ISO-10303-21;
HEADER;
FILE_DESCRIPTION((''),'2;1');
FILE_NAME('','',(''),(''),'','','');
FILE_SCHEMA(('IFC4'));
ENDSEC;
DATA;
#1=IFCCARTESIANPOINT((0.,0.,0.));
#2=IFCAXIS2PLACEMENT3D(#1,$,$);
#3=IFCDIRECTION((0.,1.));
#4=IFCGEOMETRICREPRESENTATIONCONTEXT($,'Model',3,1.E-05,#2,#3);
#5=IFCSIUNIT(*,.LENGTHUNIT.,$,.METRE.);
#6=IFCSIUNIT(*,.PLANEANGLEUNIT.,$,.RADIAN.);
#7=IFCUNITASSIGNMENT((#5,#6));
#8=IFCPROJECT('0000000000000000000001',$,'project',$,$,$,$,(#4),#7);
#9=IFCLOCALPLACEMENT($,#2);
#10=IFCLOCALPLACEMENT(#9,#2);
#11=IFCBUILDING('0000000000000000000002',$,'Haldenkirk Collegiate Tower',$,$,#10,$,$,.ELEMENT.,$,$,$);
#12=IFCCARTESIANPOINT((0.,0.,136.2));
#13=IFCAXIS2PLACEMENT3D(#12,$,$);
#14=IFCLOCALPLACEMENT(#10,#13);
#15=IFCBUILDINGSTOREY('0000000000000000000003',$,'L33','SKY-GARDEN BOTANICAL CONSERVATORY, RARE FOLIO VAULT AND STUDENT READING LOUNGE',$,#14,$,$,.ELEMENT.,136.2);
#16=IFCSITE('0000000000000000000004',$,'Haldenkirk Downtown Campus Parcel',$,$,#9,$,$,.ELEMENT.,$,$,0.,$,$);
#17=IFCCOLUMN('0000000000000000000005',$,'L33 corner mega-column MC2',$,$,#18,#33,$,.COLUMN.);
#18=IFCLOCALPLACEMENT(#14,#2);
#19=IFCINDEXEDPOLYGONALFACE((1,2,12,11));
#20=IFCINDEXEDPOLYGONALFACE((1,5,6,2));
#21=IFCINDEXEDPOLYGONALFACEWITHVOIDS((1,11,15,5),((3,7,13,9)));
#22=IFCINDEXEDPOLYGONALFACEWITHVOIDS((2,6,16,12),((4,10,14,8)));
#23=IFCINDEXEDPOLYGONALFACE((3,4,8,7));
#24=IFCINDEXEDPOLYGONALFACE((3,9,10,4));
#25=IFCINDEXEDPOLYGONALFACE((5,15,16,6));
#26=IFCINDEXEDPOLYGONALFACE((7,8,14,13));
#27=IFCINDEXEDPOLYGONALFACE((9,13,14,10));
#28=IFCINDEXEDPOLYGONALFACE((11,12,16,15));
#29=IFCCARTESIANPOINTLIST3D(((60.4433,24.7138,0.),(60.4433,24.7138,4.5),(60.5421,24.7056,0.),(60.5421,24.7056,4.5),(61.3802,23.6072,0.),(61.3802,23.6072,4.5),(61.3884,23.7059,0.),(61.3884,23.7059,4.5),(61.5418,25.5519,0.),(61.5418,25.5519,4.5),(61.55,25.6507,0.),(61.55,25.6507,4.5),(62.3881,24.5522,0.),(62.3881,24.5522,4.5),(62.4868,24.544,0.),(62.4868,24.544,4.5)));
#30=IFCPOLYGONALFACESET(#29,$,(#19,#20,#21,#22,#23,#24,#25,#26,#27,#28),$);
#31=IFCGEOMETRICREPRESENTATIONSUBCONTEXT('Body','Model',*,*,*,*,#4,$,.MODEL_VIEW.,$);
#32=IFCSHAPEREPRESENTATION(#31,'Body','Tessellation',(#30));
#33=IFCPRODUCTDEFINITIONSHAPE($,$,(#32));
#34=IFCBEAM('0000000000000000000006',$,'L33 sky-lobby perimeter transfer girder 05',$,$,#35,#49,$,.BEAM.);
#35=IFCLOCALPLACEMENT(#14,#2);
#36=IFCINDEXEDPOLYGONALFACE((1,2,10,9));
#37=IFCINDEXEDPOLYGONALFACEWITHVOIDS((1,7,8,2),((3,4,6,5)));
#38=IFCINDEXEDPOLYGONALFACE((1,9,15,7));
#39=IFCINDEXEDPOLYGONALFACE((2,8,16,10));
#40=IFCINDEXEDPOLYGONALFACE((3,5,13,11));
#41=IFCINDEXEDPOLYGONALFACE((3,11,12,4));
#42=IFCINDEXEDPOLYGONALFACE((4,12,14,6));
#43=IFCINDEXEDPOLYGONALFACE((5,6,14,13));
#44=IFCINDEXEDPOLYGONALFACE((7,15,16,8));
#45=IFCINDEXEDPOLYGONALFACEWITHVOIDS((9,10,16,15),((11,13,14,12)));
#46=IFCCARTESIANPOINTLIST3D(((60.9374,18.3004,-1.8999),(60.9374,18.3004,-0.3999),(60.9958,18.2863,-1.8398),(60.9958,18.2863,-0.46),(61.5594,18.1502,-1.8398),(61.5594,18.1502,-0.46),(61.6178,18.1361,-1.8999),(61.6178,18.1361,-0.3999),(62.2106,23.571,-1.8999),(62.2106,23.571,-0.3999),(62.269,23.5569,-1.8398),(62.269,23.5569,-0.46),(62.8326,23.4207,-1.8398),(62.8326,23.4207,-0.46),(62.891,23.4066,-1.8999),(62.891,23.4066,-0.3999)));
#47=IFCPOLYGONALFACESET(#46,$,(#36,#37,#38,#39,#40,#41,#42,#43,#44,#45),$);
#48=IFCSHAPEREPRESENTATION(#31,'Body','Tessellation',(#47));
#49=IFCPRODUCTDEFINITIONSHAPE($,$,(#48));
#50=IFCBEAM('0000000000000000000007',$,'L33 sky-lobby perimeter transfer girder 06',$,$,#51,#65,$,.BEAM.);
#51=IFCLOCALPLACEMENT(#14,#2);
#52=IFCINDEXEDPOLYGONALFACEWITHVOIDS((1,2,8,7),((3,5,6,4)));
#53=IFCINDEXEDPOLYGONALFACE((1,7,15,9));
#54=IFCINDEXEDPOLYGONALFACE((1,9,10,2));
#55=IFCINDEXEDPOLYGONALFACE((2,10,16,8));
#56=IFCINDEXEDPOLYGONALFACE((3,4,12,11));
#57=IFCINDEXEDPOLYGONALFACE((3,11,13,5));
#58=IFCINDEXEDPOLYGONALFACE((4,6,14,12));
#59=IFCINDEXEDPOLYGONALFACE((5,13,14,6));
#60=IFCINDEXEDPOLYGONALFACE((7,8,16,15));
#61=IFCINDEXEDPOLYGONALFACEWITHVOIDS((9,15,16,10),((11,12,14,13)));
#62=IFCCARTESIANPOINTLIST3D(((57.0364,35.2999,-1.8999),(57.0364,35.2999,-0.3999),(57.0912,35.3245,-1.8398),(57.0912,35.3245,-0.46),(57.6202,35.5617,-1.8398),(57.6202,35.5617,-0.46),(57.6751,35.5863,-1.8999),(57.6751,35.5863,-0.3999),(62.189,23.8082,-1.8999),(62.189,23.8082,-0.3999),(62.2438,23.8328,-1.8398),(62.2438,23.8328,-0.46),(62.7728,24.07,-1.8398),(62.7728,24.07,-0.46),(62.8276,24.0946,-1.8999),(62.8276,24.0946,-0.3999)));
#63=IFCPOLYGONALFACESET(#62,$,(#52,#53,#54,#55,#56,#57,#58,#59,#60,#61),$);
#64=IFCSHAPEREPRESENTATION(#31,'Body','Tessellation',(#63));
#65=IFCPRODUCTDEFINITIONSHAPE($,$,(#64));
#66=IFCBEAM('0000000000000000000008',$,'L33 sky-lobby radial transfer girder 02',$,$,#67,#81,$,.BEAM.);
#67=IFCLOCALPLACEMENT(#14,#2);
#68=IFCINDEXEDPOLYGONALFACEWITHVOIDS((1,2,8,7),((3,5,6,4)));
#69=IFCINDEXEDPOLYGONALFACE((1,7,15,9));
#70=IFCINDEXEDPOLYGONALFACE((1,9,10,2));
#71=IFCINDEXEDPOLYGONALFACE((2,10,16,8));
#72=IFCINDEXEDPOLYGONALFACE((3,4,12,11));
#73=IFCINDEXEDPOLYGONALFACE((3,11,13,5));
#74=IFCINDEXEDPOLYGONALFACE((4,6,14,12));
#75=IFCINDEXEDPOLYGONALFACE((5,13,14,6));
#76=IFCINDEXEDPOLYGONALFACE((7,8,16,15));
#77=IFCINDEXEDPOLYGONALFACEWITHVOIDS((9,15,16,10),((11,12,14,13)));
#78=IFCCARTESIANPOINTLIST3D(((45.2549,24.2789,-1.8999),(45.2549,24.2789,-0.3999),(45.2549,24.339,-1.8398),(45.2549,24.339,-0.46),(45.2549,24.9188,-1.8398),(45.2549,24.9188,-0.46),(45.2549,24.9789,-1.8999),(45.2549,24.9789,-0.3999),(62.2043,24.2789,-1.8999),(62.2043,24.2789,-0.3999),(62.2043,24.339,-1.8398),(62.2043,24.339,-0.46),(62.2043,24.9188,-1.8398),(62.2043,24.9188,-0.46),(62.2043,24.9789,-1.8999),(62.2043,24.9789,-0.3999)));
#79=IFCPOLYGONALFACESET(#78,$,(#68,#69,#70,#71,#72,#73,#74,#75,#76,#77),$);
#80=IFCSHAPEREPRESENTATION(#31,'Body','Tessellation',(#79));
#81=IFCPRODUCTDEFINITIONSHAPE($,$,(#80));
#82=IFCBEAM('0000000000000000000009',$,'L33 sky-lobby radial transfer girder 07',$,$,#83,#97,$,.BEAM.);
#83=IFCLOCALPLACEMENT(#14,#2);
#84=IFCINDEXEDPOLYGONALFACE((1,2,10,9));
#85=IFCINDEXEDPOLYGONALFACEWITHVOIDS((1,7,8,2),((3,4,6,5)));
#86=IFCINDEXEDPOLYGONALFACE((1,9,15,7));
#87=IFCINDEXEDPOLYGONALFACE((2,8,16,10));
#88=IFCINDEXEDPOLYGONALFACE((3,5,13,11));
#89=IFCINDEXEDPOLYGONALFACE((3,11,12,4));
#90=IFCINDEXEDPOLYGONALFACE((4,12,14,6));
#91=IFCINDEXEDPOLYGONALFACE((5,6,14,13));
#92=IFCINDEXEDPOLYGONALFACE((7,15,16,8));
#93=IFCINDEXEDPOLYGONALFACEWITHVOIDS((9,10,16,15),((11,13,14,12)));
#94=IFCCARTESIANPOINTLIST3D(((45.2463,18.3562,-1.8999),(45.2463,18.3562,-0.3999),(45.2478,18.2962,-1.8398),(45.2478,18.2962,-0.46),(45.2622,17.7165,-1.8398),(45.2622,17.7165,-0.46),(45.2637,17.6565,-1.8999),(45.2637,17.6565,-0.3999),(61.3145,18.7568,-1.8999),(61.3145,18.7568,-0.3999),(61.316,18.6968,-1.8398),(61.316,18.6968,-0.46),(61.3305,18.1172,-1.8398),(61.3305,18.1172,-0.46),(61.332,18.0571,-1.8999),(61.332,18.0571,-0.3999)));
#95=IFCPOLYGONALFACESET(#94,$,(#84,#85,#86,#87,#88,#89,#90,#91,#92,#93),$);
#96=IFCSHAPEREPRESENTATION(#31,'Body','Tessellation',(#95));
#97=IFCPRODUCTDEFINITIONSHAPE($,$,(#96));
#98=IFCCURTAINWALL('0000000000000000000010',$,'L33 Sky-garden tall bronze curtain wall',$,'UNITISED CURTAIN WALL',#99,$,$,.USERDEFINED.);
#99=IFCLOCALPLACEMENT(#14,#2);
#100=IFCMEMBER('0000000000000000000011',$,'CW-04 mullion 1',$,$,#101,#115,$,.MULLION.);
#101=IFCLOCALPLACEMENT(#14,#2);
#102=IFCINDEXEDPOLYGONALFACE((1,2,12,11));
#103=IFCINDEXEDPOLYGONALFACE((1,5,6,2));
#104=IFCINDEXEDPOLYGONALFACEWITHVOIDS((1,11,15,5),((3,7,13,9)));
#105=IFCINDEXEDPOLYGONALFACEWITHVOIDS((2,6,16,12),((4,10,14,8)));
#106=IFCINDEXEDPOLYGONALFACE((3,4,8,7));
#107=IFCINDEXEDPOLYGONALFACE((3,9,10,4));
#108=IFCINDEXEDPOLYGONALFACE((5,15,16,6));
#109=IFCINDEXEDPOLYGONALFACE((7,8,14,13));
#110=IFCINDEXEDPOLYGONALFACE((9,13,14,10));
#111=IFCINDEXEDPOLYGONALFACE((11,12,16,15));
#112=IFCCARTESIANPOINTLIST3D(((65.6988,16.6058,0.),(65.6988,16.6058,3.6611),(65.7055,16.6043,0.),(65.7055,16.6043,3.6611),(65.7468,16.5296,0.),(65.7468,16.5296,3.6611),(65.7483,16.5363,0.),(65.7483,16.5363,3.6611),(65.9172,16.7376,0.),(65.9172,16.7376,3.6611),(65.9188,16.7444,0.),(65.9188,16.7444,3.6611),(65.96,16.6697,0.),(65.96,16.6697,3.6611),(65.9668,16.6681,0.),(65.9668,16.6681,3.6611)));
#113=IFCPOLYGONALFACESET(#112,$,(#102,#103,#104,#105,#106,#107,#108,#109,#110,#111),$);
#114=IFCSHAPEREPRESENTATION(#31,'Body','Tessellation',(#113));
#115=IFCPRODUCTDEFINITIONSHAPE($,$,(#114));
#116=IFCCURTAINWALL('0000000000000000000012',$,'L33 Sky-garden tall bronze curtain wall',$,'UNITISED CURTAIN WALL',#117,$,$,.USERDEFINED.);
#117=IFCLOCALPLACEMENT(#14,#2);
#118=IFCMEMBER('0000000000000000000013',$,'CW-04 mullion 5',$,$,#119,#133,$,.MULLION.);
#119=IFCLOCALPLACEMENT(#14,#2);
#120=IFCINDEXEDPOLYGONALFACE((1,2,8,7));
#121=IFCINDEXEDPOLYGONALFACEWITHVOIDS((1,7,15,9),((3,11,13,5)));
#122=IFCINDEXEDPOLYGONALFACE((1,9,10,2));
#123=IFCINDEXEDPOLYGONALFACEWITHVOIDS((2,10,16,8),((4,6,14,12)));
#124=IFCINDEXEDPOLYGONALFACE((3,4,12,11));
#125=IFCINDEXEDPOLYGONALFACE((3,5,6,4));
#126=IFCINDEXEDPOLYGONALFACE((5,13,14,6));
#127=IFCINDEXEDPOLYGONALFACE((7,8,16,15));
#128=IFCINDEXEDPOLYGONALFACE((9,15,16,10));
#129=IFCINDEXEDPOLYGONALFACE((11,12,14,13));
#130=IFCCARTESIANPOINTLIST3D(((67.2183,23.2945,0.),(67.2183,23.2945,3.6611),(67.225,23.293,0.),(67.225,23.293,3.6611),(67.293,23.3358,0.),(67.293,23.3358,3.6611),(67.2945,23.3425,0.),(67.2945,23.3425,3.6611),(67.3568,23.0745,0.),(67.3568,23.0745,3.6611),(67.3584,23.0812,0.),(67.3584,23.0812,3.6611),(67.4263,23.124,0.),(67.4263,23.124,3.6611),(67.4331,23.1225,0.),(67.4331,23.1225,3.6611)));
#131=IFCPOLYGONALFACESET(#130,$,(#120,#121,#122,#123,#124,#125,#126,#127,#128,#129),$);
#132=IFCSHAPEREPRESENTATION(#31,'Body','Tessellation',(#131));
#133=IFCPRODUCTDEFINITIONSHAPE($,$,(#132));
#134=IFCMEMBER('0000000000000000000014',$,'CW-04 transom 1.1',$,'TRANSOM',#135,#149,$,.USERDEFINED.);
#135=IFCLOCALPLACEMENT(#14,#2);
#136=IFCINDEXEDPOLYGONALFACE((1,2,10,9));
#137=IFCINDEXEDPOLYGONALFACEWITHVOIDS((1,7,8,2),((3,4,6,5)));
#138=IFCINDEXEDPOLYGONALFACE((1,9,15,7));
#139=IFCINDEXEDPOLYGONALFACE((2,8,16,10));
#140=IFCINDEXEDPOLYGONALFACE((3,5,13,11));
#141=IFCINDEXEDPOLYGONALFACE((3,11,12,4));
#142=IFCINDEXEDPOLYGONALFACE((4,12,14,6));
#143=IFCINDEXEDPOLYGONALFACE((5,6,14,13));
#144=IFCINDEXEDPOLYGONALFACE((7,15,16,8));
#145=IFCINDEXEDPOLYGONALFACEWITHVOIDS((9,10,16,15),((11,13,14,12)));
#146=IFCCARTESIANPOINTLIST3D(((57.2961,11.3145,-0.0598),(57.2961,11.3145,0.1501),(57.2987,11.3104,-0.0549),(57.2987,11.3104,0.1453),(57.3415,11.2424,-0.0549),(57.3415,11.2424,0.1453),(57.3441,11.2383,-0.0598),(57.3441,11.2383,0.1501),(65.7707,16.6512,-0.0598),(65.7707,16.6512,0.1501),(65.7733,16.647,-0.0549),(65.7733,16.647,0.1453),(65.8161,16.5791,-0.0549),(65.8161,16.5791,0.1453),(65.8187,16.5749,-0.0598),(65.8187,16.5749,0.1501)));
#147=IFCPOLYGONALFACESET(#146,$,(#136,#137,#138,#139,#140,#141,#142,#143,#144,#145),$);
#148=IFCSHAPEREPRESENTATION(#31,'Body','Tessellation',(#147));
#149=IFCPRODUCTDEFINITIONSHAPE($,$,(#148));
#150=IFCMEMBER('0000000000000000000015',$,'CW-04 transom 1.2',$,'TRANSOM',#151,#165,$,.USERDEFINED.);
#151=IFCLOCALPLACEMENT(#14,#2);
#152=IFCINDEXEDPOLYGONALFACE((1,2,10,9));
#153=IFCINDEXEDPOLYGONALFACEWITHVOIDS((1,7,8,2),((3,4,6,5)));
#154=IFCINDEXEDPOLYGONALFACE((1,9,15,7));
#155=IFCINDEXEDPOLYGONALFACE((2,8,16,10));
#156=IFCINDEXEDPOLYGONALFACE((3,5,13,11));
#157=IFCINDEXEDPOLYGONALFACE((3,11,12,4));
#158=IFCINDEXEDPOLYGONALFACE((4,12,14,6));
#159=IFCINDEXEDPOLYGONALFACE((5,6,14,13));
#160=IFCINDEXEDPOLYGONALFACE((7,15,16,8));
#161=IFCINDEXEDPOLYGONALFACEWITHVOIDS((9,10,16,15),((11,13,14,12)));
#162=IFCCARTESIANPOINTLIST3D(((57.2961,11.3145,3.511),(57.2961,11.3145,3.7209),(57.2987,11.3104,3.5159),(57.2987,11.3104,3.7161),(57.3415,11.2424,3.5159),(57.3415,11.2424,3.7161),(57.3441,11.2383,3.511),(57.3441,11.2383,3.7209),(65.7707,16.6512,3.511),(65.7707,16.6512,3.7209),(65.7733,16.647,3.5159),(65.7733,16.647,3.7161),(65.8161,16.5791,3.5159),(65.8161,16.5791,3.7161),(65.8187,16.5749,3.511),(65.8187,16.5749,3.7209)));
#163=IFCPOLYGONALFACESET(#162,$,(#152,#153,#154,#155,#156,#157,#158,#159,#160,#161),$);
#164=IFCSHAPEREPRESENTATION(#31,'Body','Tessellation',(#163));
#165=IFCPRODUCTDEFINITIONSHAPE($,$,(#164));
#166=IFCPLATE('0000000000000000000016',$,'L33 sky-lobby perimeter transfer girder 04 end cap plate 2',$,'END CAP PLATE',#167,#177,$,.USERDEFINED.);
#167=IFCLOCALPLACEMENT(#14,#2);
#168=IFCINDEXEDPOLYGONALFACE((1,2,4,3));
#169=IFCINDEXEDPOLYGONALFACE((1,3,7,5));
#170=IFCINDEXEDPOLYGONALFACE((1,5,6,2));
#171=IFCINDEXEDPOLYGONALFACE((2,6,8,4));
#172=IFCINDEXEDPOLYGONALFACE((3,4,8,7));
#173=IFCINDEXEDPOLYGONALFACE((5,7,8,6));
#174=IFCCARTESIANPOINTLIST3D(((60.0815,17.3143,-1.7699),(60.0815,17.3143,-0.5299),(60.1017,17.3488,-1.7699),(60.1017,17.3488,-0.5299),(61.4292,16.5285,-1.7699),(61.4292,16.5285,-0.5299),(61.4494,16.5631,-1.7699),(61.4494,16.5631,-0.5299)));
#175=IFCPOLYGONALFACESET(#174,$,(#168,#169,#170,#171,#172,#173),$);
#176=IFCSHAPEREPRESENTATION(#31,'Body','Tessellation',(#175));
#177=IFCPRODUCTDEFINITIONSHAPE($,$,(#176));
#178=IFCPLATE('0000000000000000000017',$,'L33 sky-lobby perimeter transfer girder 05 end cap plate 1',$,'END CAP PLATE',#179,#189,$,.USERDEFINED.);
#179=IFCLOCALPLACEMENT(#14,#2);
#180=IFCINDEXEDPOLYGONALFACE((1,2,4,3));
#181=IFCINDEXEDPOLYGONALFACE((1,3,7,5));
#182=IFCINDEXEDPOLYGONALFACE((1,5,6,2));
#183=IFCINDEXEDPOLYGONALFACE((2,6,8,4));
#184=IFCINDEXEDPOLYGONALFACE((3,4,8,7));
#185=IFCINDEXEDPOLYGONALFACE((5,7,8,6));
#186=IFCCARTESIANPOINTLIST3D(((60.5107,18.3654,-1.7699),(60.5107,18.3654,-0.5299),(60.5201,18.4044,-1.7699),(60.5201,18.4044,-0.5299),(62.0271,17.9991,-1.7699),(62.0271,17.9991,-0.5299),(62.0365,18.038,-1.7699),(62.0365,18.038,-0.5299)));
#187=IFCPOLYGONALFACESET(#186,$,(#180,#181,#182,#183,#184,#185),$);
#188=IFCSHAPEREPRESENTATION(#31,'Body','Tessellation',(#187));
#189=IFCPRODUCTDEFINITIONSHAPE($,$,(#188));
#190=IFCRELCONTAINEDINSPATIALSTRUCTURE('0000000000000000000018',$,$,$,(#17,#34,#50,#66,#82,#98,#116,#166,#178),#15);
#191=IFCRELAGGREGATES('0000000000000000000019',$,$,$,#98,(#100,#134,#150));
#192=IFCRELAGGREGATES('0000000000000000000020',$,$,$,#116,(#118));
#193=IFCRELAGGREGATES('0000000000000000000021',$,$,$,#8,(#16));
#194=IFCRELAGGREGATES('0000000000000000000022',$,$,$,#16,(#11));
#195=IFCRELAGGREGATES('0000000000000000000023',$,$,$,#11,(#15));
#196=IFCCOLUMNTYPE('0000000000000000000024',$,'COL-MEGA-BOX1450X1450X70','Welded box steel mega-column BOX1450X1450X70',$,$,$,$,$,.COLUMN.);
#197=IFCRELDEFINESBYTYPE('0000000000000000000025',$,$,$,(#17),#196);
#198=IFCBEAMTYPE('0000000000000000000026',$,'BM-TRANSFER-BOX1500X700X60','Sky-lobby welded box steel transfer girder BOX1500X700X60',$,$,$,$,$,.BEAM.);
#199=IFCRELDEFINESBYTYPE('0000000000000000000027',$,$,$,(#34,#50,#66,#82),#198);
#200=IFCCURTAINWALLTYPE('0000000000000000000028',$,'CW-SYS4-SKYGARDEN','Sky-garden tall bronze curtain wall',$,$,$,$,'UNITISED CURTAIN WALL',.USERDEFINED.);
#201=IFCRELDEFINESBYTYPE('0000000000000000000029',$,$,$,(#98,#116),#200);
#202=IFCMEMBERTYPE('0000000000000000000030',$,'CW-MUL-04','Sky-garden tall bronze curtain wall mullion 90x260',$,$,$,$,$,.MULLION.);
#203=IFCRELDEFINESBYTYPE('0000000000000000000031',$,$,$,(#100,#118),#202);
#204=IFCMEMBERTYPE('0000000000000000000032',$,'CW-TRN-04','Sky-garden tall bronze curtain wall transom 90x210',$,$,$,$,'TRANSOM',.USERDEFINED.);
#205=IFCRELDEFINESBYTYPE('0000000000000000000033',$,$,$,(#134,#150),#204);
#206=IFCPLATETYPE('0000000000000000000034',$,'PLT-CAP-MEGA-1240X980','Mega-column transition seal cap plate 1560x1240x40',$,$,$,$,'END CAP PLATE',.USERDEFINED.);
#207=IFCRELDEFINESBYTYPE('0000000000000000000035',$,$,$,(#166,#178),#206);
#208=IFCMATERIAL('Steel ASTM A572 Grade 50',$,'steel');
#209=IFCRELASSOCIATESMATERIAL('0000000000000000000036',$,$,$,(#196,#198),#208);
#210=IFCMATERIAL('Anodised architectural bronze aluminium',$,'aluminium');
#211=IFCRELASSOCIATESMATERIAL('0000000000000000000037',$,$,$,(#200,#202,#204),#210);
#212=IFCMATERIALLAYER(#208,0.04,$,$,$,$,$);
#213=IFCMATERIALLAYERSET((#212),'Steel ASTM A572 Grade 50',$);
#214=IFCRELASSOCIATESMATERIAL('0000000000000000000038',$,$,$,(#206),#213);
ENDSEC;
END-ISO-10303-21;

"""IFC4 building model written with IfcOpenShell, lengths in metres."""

from ifc_helpers import new_model, si_unit, direction, frame, origin, origin_2d, place, context, subcontext, project, spatial, rectangle, hollow_rectangle, extrude, source, transform, mapped, material, layer, layer_set, material_profile, profile_set, type_object, element, aggregate, save


model = new_model("IFC4")

# Units and contexts
model_context = context("Model", 3, precision=1e-05, world=origin(), true_north=direction((0.0, 1.0)))
body_context = subcontext(model_context, "Body", "Model", "MODEL_VIEW")
ifc_project = project(units=[si_unit("LENGTHUNIT", "METRE"), si_unit("PLANEANGLEUNIT", "RADIAN")], contexts=[model_context])

# Site, building, storey
site_placement = place(None, origin())
site = spatial("IfcSite", under=ifc_project, at=site_placement, Name="Haldenkirk Downtown Campus Parcel", CompositionType="ELEMENT", RefElevation=0.0)
building_placement = place(site_placement, origin())
building = spatial("IfcBuilding", under=site, at=building_placement, Name="Haldenkirk Collegiate Tower", CompositionType="ELEMENT")
storey_placement = place(building_placement, frame((0.0, 0.0, 136.2)))
storey = spatial("IfcBuildingStorey", under=building, at=storey_placement, Name="L33", Description="SKY-GARDEN BOTANICAL CONSERVATORY, RARE FOLIO VAULT AND STUDENT READING LOUNGE", CompositionType="ELEMENT", Elevation=136.2)

# Column
ifc_material_1 = material(Name="Steel ASTM A572 Grade 50", Category="steel")
ifc_material_profile_1 = material_profile(ifc_material_1, hollow_rectangle(XDim=1.45, YDim=1.45, WallThickness=0.0701, at=origin_2d()), Name="BOX1450X1450X70")
ifc_profile_set_1 = profile_set([ifc_material_profile_1], Name="Steel ASTM A572 Grade 50")
column_type = type_object("IfcColumnType", Name="COL-MEGA-BOX1450X1450X70", Description="Welded box steel mega-column BOX1450X1450X70", PredefinedType="COLUMN", material=ifc_profile_set_1)
column_placement = place(storey_placement, frame((61.4651, 24.6289, 0.0), z_axis=(0.0, 0.0, 1.0), x_axis=(0.763232, 0.646124, 0.0)))
element("IfcColumn", 1, at=column_placement, inside=storey, type_object=column_type, Name="L33 corner mega-column MC2", PredefinedType="COLUMN", context=body_context, shape_type="SweptSolid", body=[
    extrude(hollow_rectangle(XDim=1.45, YDim=1.45, WallThickness=0.0701, at=origin_2d()), origin(), (0.0, 0.0, 1.0), 4.5),
])

# Beams
ifc_material_profile_2 = material_profile(ifc_material_1, hollow_rectangle(XDim=0.7, YDim=1.5, WallThickness=0.0601, at=origin_2d()), Name="BOX1500X700X60")
ifc_profile_set_2 = profile_set([ifc_material_profile_2], Name="Steel ASTM A572 Grade 50")
beam_type = type_object("IfcBeamType", Name="BM-TRANSFER-BOX1500X700X60", Description="Sky-lobby welded box steel transfer girder BOX1500X700X60", PredefinedType="BEAM", material=ifc_profile_set_2)
beam_1_placement = place(storey_placement, frame((61.2776, 18.2183, -1.1499), z_axis=(0.234815, 0.97204, 0.0), x_axis=(-0.97204, 0.234815, 0.0)))
element("IfcBeam", 2, at=beam_1_placement, inside=storey, type_object=beam_type, Name="L33 sky-lobby perimeter transfer girder 05", PredefinedType="BEAM", context=body_context, shape_type="SweptSolid", body=[
    extrude(hollow_rectangle(XDim=0.7, YDim=1.5, WallThickness=0.0601, at=origin_2d()), origin(), (0.0, 0.0, 1.0), 5.4221),
])
beam_2_placement = place(storey_placement, frame((62.5083, 23.9514, -1.1499), z_axis=(-0.409131, 0.912476, 0.0), x_axis=(-0.912476, -0.409131, 0.0)))
element("IfcBeam", 3, at=beam_2_placement, inside=storey, type_object=beam_type, Name="L33 sky-lobby perimeter transfer girder 06", PredefinedType="BEAM", context=body_context, shape_type="SweptSolid", body=[
    extrude(hollow_rectangle(XDim=0.7, YDim=1.5, WallThickness=0.0601, at=origin_2d()), origin(), (0.0, 0.0, 1.0), 12.594),
])
beam_3_placement = place(storey_placement, frame((62.2043, 24.6289, -1.1499), z_axis=(-1.0, 0.0, 0.0), x_axis=(0.0, -1.0, 0.0)))
element("IfcBeam", 4, at=beam_3_placement, inside=storey, type_object=beam_type, Name="L33 sky-lobby radial transfer girder 02", PredefinedType="BEAM", context=body_context, shape_type="SweptSolid", body=[
    extrude(hollow_rectangle(XDim=0.7, YDim=1.5, WallThickness=0.0601, at=origin_2d()), origin(), (0.0, 0.0, 1.0), 16.9495),
])
beam_4_placement = place(storey_placement, frame((61.3232, 18.407, -1.1499), z_axis=(-0.999689, -0.024925, 0.0), x_axis=(0.024925, -0.999689, 0.0)))
element("IfcBeam", 5, at=beam_4_placement, inside=storey, type_object=beam_type, Name="L33 sky-lobby radial transfer girder 07", PredefinedType="BEAM", context=body_context, shape_type="SweptSolid", body=[
    extrude(hollow_rectangle(XDim=0.7, YDim=1.5, WallThickness=0.0601, at=origin_2d()), origin(), (0.0, 0.0, 1.0), 16.0732),
])

# Curtain walls, members
ifc_material_2 = material(Name="Anodised architectural bronze aluminium", Category="aluminium")
curtain_wall_type = type_object("IfcCurtainWallType", Name="CW-SYS4-SKYGARDEN", Description="Sky-garden tall bronze curtain wall", ElementType="UNITISED CURTAIN WALL", PredefinedType="USERDEFINED", material=ifc_material_2)
curtain_wall_1_placement = place(storey_placement, origin())
curtain_wall_1 = element("IfcCurtainWall", 6, at=curtain_wall_1_placement, inside=storey, type_object=curtain_wall_type, Name="L33 Sky-garden tall bronze curtain wall", ObjectType="UNITISED CURTAIN WALL", PredefinedType="USERDEFINED")
ifc_material_profile_3 = material_profile(ifc_material_2, hollow_rectangle(XDim=0.0901, YDim=0.26, WallThickness=0.0049, at=origin_2d()), Name="CW-MUL-04")
ifc_profile_set_3 = profile_set([ifc_material_profile_3], Name="Anodised architectural bronze aluminium")
member_type_1 = type_object("IfcMemberType", Name="CW-MUL-04", Description="Sky-garden tall bronze curtain wall mullion 90x260", PredefinedType="MULLION", material=ifc_profile_set_3)
member_1_placement = place(storey_placement, frame((65.8328, 16.637, 0.0), z_axis=(0.0, 0.0, 1.0), x_axis=(0.532875, -0.846194, 0.0)))
member_1 = element("IfcMember", 7, at=member_1_placement, type_object=member_type_1, Name="CW-04 mullion 1", PredefinedType="MULLION", context=body_context, shape_type="SweptSolid", body=[
    extrude(hollow_rectangle(XDim=0.0901, YDim=0.26, WallThickness=0.0049, at=origin_2d()), origin(), (0.0, 0.0, 1.0), 3.6611),
])
curtain_wall_2_placement = place(storey_placement, origin())
curtain_wall_2 = element("IfcCurtainWall", 8, at=curtain_wall_2_placement, inside=storey, type_object=curtain_wall_type, Name="L33 Sky-garden tall bronze curtain wall", ObjectType="UNITISED CURTAIN WALL", PredefinedType="USERDEFINED")
member_2_placement = place(storey_placement, frame((67.3257, 23.2085, 0.0), z_axis=(0.0, 0.0, 1.0), x_axis=(0.846193, 0.532877, 0.0)))
member_2 = element("IfcMember", 9, at=member_2_placement, type_object=member_type_1, Name="CW-04 mullion 5", PredefinedType="MULLION", context=body_context, shape_type="SweptSolid", body=[
    extrude(hollow_rectangle(XDim=0.0901, YDim=0.26, WallThickness=0.0049, at=origin_2d()), origin(), (0.0, 0.0, 1.0), 3.6611),
])

# Members
ifc_material_profile_4 = material_profile(ifc_material_2, hollow_rectangle(XDim=0.0901, YDim=0.21, WallThickness=0.0049, at=origin_2d()), Name="CW-TRN-04")
ifc_profile_set_4 = profile_set([ifc_material_profile_4], Name="Anodised architectural bronze aluminium")
member_type_2 = type_object("IfcMemberType", Name="CW-TRN-04", Description="Sky-garden tall bronze curtain wall transom 90x210", ElementType="TRANSOM", PredefinedType="USERDEFINED", material=ifc_profile_set_4)
member_3_placement = place(storey_placement, frame((65.7947, 16.613, 0.0452), z_axis=(-0.846197, -0.532871, 0.0), x_axis=(0.532871, -0.846197, 0.0)))
member_3 = element("IfcMember", 10, at=member_3_placement, type_object=member_type_2, Name="CW-04 transom 1.1", ObjectType="TRANSOM", PredefinedType="USERDEFINED", context=body_context, shape_type="SweptSolid", body=[
    extrude(hollow_rectangle(XDim=0.0901, YDim=0.21, WallThickness=0.0049, at=origin_2d()), origin(), (0.0, 0.0, 1.0), 10.0149),
])
member_4_placement = place(storey_placement, frame((65.7947, 16.613, 3.616), z_axis=(-0.846197, -0.532871, 0.0), x_axis=(0.532871, -0.846197, 0.0)))
member_4 = element("IfcMember", 11, at=member_4_placement, type_object=member_type_2, Name="CW-04 transom 1.2", ObjectType="TRANSOM", PredefinedType="USERDEFINED", context=body_context, shape_type="SweptSolid", body=[
    extrude(hollow_rectangle(XDim=0.0901, YDim=0.21, WallThickness=0.0049, at=origin_2d()), origin(), (0.0, 0.0, 1.0), 10.0149),
])

# Plates
ifc_layer_1 = layer(ifc_material_1, 0.04)
ifc_layer_set_1 = layer_set([ifc_layer_1], Name="Steel ASTM A572 Grade 50")
plate_type_1 = type_object("IfcPlateType", Name="PLT-CAP-MEGA-1240X980", Description="Mega-column transition seal cap plate 1560x1240x40", ElementType="END CAP PLATE", PredefinedType="USERDEFINED", material=ifc_layer_set_1)
shared_shape_1 = source(origin(), body_context, "Body", "SweptSolid", [
    extrude(rectangle(XDim=1.5601, YDim=1.24, at=origin_2d()), origin(), (0.0, 0.0, 1.0), 0.04),
])
for number, where, z_axis, x_axis, name in (
    (12, (60.7554, 16.9214, -1.1499), (0.503663, 0.8639, 0.0), (-0.8639, 0.503663, 0.0), "L33 sky-lobby perimeter transfer girder 04 end cap plate 2"),
    (13, (61.2783, 18.2212, -1.1499), (-0.23483, -0.972036, 0.0), (0.972036, -0.23483, 0.0), "L33 sky-lobby perimeter transfer girder 05 end cap plate 1"),
):
    element("IfcPlate", number, at=place(storey_placement, frame(where, z_axis=z_axis, x_axis=x_axis)), inside=storey, type_object=plate_type_1, Name=name, ObjectType="END CAP PLATE", PredefinedType="USERDEFINED", context=body_context, shape_type="MappedRepresentation", body=[
        mapped(shared_shape_1, transform((0.0, 0.0, 0.0), x_axis=(1.0, 0.0, 0.0), y_axis=(0.0, 1.0, 0.0), z_axis=(0.0, 0.0, 1.0), scale=1.0)),
    ])

aggregate(curtain_wall_1, [member_1, member_3, member_4])
aggregate(curtain_wall_2, [member_2])

save(model, "model.ifc")
